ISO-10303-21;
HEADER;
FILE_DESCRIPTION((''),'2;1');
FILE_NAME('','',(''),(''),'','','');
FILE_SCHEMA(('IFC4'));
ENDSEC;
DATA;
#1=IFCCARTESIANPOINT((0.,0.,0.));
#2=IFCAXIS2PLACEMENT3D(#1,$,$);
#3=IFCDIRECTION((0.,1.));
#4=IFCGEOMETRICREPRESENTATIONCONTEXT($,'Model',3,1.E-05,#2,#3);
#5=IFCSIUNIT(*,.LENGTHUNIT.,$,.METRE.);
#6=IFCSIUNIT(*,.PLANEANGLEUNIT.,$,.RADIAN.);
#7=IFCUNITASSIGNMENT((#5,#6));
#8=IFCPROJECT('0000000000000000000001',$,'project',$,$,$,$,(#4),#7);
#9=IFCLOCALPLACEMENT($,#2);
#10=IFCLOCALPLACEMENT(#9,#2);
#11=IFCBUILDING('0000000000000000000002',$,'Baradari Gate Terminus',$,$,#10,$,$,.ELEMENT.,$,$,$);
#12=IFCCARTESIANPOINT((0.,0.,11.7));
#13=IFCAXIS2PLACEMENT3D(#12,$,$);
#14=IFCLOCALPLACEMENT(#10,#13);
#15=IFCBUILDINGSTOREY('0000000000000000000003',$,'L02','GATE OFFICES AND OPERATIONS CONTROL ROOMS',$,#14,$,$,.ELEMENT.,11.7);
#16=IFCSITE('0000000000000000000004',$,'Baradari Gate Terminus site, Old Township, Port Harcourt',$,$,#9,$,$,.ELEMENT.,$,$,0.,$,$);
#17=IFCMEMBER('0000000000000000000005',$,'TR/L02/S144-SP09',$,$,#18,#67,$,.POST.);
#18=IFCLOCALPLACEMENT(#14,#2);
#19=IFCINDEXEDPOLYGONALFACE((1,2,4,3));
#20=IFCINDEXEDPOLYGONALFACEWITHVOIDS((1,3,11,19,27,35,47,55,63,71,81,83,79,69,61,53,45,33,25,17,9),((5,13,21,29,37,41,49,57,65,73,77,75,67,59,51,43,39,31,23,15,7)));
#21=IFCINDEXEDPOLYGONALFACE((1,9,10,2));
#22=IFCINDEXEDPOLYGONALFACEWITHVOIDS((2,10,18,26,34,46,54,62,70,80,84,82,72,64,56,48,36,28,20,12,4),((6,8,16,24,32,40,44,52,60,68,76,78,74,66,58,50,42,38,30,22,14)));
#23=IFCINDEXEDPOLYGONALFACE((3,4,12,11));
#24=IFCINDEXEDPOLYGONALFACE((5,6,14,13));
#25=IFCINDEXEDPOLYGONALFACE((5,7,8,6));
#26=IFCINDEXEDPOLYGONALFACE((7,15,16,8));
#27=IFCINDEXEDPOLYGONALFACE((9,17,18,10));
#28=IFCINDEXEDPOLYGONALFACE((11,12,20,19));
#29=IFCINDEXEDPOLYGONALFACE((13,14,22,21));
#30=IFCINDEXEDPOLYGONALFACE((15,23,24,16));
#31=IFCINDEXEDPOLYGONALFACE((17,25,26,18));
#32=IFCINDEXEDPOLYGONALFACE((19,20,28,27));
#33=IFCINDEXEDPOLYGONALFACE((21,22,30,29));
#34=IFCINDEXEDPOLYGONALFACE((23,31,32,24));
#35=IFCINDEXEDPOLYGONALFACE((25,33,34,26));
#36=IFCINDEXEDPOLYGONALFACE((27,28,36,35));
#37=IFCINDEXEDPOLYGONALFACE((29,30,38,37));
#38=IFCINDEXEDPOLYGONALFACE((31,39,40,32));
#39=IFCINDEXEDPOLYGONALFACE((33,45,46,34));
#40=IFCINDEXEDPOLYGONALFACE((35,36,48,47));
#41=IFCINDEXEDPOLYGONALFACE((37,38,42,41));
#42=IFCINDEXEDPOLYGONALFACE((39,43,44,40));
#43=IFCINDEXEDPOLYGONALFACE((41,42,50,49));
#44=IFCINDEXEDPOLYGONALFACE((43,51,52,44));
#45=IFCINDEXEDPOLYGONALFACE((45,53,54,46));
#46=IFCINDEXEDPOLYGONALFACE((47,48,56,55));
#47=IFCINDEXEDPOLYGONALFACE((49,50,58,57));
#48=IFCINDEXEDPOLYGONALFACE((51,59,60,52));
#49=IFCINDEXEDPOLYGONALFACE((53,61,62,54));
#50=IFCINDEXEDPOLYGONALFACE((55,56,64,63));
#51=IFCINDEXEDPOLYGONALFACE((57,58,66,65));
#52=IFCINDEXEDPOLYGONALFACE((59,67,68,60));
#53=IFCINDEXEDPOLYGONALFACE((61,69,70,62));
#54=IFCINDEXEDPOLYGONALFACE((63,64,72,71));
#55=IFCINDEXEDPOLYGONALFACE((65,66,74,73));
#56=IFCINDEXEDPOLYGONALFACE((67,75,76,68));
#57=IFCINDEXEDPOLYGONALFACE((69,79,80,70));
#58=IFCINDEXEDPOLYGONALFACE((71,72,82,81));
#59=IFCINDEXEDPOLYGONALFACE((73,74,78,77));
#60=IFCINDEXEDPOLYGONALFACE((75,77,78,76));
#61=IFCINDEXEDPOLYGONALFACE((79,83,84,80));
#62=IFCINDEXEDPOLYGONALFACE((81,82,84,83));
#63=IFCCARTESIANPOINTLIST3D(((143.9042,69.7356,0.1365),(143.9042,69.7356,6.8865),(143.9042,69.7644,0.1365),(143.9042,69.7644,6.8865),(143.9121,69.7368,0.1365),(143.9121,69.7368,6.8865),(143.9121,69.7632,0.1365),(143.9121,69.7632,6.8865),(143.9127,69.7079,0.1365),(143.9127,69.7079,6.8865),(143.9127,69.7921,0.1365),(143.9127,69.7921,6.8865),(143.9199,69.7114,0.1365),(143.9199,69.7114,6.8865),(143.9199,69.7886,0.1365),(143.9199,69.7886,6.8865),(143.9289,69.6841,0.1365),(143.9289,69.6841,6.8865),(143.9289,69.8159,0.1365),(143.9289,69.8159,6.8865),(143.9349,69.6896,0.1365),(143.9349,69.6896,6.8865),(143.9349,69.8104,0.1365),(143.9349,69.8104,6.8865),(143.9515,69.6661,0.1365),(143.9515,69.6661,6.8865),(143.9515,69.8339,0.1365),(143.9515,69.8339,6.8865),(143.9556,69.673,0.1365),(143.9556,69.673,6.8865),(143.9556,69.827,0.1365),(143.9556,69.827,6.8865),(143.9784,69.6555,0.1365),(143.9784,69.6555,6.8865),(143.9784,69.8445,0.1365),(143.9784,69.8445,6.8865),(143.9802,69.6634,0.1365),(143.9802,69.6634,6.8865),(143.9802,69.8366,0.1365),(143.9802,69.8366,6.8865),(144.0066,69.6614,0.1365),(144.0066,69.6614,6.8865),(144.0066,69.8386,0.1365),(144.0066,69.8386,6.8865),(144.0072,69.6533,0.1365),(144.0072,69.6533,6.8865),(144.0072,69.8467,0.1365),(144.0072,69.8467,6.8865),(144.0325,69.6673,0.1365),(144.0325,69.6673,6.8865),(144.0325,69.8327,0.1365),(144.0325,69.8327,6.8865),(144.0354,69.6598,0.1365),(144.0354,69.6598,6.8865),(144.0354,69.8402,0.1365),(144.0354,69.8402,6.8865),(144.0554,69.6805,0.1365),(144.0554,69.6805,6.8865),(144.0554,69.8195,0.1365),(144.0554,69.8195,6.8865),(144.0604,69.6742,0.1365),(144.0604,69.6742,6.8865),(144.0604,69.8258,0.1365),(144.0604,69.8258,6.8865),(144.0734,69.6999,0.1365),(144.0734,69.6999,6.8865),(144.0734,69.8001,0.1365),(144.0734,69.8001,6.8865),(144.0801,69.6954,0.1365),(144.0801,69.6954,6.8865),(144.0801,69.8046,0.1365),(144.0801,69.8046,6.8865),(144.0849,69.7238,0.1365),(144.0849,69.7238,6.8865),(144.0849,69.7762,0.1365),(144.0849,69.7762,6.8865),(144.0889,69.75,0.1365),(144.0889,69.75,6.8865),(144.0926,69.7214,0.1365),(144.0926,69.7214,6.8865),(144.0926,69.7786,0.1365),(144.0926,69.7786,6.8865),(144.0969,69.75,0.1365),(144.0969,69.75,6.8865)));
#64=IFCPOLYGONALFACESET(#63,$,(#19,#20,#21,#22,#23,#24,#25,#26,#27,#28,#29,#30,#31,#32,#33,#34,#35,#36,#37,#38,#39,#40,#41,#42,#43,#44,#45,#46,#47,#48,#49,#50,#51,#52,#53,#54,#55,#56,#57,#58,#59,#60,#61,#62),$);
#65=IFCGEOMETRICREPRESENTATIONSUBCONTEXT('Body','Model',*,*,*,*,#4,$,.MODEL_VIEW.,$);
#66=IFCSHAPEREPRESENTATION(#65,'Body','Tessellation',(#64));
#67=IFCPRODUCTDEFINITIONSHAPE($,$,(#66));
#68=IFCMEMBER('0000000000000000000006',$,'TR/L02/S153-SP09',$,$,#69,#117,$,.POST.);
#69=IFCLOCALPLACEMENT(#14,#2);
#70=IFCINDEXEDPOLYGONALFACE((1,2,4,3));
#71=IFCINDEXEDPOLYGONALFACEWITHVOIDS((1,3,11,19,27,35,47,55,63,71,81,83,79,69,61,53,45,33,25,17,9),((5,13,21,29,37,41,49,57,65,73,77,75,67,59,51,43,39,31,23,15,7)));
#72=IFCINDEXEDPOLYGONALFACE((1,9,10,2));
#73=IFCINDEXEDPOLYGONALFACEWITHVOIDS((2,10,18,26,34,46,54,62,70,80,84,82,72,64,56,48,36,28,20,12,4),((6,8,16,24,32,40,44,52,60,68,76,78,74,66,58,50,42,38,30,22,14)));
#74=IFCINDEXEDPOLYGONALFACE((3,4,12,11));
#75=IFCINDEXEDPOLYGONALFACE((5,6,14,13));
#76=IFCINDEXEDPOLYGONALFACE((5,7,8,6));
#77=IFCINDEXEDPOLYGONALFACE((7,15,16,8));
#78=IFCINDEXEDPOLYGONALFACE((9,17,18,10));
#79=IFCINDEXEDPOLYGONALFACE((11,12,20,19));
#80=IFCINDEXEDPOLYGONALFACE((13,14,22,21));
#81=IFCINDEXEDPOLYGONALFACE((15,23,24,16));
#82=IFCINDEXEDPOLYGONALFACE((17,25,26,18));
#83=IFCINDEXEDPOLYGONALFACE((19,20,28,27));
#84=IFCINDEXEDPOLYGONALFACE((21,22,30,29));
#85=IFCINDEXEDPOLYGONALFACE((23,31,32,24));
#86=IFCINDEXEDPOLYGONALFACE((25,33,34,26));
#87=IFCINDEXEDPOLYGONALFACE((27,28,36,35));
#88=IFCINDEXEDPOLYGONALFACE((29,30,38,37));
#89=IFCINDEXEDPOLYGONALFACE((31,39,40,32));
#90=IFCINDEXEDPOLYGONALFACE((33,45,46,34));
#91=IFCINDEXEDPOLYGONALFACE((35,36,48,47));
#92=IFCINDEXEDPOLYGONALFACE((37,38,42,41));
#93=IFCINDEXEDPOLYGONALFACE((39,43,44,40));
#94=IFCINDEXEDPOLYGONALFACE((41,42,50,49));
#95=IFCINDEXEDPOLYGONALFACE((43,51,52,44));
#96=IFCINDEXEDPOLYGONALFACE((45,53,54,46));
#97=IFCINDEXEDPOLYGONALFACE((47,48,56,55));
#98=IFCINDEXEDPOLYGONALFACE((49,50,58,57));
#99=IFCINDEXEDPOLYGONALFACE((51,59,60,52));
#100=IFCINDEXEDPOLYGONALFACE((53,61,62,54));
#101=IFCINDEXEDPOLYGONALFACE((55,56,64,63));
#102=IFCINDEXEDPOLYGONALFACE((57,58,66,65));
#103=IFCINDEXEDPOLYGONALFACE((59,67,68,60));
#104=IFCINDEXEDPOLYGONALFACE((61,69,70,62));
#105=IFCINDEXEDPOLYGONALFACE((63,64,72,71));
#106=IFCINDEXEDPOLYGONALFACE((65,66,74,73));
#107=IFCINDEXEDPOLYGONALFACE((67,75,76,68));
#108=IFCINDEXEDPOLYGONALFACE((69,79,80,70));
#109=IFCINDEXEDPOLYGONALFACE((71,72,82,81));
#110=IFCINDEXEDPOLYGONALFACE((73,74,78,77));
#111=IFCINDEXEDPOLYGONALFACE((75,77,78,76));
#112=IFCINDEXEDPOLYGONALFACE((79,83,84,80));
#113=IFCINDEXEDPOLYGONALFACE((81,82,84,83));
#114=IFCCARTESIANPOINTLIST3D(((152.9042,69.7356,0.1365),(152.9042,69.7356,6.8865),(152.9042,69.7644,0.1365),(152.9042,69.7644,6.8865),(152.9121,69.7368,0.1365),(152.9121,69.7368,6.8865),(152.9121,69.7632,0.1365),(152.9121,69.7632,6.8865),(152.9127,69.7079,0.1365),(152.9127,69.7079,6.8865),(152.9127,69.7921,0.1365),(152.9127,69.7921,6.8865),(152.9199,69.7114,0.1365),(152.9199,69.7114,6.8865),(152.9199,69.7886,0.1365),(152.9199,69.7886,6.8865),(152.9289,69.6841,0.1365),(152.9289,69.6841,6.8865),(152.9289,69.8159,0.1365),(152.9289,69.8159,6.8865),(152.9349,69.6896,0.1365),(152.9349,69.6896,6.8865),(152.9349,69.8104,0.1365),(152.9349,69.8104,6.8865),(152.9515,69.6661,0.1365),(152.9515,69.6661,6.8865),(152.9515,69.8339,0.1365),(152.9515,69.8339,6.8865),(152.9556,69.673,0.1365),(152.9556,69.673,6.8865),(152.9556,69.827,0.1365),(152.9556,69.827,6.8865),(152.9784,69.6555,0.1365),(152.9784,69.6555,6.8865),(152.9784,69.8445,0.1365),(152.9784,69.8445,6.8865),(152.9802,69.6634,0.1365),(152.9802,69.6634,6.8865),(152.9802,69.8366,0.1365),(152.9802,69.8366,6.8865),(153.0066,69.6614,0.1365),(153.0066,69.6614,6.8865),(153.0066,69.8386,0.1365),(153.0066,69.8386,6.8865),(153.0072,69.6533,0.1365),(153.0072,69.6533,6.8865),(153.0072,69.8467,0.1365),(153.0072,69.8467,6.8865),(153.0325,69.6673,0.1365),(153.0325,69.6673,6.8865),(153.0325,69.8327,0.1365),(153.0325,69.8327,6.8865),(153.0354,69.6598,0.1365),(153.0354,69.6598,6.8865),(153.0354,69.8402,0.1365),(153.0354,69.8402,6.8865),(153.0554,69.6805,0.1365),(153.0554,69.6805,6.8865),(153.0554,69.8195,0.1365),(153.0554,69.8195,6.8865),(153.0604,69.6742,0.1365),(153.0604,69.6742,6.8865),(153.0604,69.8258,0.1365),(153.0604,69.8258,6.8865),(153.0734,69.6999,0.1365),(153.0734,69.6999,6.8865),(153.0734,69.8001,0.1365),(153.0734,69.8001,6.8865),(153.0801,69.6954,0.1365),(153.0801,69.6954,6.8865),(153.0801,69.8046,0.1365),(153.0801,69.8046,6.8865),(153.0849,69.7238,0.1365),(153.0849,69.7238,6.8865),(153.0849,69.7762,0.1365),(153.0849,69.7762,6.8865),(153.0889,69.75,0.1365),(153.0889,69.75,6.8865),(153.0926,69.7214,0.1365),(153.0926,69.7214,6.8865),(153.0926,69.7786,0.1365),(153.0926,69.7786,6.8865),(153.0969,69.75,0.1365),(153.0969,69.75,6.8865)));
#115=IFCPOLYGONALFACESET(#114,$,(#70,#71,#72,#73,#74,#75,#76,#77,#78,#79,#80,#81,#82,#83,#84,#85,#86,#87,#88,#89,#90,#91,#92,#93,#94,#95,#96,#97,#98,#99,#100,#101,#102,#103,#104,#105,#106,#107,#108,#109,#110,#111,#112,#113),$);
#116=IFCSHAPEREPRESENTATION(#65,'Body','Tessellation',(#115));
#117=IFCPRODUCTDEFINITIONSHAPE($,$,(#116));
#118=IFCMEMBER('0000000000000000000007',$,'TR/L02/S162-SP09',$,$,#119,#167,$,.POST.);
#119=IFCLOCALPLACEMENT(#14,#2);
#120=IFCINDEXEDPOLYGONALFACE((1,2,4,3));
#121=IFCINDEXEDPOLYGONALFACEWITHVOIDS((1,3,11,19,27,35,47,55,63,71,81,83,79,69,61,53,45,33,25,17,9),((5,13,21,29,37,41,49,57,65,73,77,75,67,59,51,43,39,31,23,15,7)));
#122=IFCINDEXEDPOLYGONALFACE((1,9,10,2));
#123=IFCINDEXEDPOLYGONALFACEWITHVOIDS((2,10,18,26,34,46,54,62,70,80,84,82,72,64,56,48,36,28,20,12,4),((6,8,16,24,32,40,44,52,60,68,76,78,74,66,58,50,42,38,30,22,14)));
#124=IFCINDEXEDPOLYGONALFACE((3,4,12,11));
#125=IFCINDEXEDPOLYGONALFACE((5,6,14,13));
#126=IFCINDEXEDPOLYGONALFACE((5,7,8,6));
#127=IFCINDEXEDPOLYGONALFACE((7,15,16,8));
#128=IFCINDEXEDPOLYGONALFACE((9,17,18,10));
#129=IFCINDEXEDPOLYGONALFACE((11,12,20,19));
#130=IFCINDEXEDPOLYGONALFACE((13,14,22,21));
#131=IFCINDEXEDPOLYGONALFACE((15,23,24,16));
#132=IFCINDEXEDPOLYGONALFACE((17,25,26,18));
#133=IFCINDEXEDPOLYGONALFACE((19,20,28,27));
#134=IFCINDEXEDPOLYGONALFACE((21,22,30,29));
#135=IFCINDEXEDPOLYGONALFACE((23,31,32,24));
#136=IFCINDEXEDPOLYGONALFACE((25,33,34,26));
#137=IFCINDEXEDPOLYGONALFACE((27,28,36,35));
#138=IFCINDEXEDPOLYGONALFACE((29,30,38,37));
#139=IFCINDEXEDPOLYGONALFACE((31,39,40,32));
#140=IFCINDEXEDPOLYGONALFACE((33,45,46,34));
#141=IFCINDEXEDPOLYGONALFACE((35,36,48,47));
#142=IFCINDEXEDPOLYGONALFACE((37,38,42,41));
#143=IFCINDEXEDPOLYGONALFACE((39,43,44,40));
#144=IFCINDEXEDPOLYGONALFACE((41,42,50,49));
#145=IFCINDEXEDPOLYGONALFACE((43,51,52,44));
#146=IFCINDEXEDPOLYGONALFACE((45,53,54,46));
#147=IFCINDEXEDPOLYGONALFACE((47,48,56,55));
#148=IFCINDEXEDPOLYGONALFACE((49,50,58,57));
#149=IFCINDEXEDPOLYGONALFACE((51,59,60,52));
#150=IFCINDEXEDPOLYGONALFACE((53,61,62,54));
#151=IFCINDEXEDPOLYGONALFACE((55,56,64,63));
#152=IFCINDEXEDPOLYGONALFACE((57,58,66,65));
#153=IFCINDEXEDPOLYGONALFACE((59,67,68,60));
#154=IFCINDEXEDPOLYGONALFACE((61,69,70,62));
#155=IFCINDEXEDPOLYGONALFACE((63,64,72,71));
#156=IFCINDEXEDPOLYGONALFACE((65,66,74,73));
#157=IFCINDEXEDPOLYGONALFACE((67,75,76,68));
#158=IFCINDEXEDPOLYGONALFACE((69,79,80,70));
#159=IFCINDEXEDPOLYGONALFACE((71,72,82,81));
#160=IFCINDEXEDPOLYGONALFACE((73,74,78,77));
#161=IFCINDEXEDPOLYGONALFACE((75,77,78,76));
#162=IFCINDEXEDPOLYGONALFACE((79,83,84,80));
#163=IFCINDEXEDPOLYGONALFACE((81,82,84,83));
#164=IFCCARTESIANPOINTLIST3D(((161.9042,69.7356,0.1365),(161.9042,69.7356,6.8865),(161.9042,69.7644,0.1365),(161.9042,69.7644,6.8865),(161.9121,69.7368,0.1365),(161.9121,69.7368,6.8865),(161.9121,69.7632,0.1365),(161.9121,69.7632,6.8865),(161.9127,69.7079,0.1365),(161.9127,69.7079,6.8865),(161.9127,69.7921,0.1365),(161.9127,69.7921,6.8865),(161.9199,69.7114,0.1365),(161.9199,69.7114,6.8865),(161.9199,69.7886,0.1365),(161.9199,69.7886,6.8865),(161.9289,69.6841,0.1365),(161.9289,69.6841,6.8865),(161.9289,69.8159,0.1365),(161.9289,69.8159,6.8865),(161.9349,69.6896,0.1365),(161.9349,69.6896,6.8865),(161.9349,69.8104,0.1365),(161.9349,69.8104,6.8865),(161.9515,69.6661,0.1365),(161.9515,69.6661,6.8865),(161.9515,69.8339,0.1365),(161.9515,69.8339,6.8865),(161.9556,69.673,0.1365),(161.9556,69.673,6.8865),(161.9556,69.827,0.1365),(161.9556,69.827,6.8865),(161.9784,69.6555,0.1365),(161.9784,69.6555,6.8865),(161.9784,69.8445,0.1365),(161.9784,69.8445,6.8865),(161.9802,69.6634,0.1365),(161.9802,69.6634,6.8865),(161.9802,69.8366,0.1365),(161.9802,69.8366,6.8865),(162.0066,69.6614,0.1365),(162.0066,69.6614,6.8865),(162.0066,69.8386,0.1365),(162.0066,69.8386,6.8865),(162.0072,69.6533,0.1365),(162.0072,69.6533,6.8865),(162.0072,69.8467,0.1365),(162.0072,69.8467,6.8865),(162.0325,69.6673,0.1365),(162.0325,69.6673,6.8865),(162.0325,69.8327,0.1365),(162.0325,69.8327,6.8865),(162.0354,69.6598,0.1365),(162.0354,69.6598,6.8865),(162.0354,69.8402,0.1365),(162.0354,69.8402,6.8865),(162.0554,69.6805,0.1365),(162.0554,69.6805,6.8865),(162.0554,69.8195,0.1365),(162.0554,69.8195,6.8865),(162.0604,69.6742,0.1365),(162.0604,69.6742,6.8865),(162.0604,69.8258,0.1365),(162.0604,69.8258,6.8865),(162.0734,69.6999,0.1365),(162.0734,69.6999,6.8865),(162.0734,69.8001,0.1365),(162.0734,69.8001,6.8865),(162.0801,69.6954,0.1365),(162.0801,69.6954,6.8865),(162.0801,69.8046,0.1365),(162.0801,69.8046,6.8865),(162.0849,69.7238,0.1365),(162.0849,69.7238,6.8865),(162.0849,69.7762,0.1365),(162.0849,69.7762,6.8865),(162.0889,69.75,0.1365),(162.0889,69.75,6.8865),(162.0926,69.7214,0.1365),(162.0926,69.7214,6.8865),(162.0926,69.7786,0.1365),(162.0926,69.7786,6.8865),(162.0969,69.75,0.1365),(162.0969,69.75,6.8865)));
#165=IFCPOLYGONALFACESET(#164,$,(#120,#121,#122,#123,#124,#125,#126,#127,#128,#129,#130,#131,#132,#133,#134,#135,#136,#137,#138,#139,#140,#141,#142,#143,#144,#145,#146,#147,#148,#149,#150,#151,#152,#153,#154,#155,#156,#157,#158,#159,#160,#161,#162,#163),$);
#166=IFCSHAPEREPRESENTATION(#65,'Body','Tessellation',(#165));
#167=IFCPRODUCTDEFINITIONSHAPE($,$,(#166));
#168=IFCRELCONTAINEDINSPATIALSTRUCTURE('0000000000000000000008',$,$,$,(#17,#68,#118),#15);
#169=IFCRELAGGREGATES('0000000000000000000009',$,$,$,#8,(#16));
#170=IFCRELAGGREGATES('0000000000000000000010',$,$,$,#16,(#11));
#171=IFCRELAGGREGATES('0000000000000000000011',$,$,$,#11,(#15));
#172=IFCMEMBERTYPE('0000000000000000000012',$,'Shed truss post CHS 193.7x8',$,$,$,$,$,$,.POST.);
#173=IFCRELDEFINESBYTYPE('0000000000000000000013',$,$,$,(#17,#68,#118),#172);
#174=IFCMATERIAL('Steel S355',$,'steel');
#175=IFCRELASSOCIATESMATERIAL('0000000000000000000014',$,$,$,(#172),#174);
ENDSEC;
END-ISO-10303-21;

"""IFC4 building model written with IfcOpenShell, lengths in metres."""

from ifc_helpers import new_model, si_unit, direction, frame, origin, origin_2d, place, context, subcontext, project, spatial, hollow_circle, extrude, material, material_profile, profile_set, type_object, element, save


model = new_model("IFC4")

# Units and contexts
model_context = context("Model", 3, precision=1e-05, world=origin(), true_north=direction((0.0, 1.0)))
body_context = subcontext(model_context, "Body", "Model", "MODEL_VIEW")
ifc_project = project(units=[si_unit("LENGTHUNIT", "METRE"), si_unit("PLANEANGLEUNIT", "RADIAN")], contexts=[model_context])

# Site, building, storey
site_placement = place(None, origin())
site = spatial("IfcSite", under=ifc_project, at=site_placement, Name="Baradari Gate Terminus site, Old Township, Port Harcourt", CompositionType="ELEMENT", RefElevation=0.0)
building_placement = place(site_placement, origin())
building = spatial("IfcBuilding", under=site, at=building_placement, Name="Baradari Gate Terminus", CompositionType="ELEMENT")
storey_placement = place(building_placement, frame((0.0, 0.0, 11.7)))
storey = spatial("IfcBuildingStorey", under=building, at=storey_placement, Name="L02", Description="GATE OFFICES AND OPERATIONS CONTROL ROOMS", CompositionType="ELEMENT", Elevation=11.7)

# Members
ifc_material_1 = material(Name="Steel S355", Category="steel")
ifc_material_profile_1 = material_profile(ifc_material_1, hollow_circle(Radius=0.0969, WallThickness=0.0081, at=origin_2d()), Name="CHS 193.7x8")
ifc_profile_set_1 = profile_set([ifc_material_profile_1], Name="Steel S355")
member_type_1 = type_object("IfcMemberType", Name="Shed truss post CHS 193.7x8", PredefinedType="POST", material=ifc_profile_set_1)
for number, where, z_axis, x_axis, name in (
    (1, (144.0, 69.75, 0.1365), (0.0, 0.0, 1.0), (1.0, 0.0, 0.0), "TR/L02/S144-SP09"),
    (2, (153.0, 69.75, 0.1365), (0.0, 0.0, 1.0), (1.0, 0.0, 0.0), "TR/L02/S153-SP09"),
    (3, (162.0, 69.75, 0.1365), (0.0, 0.0, 1.0), (1.0, 0.0, 0.0), "TR/L02/S162-SP09"),
):
    element("IfcMember", number, at=place(storey_placement, frame(where, z_axis=z_axis, x_axis=x_axis)), inside=storey, type_object=member_type_1, Name=name, PredefinedType="POST", context=body_context, shape_type="SweptSolid", body=[
        extrude(hollow_circle(Radius=0.0969, WallThickness=0.0081, at=origin_2d()), origin(), (0.0, 0.0, 1.0), 6.75),
    ])

save(model, "model.ifc")
